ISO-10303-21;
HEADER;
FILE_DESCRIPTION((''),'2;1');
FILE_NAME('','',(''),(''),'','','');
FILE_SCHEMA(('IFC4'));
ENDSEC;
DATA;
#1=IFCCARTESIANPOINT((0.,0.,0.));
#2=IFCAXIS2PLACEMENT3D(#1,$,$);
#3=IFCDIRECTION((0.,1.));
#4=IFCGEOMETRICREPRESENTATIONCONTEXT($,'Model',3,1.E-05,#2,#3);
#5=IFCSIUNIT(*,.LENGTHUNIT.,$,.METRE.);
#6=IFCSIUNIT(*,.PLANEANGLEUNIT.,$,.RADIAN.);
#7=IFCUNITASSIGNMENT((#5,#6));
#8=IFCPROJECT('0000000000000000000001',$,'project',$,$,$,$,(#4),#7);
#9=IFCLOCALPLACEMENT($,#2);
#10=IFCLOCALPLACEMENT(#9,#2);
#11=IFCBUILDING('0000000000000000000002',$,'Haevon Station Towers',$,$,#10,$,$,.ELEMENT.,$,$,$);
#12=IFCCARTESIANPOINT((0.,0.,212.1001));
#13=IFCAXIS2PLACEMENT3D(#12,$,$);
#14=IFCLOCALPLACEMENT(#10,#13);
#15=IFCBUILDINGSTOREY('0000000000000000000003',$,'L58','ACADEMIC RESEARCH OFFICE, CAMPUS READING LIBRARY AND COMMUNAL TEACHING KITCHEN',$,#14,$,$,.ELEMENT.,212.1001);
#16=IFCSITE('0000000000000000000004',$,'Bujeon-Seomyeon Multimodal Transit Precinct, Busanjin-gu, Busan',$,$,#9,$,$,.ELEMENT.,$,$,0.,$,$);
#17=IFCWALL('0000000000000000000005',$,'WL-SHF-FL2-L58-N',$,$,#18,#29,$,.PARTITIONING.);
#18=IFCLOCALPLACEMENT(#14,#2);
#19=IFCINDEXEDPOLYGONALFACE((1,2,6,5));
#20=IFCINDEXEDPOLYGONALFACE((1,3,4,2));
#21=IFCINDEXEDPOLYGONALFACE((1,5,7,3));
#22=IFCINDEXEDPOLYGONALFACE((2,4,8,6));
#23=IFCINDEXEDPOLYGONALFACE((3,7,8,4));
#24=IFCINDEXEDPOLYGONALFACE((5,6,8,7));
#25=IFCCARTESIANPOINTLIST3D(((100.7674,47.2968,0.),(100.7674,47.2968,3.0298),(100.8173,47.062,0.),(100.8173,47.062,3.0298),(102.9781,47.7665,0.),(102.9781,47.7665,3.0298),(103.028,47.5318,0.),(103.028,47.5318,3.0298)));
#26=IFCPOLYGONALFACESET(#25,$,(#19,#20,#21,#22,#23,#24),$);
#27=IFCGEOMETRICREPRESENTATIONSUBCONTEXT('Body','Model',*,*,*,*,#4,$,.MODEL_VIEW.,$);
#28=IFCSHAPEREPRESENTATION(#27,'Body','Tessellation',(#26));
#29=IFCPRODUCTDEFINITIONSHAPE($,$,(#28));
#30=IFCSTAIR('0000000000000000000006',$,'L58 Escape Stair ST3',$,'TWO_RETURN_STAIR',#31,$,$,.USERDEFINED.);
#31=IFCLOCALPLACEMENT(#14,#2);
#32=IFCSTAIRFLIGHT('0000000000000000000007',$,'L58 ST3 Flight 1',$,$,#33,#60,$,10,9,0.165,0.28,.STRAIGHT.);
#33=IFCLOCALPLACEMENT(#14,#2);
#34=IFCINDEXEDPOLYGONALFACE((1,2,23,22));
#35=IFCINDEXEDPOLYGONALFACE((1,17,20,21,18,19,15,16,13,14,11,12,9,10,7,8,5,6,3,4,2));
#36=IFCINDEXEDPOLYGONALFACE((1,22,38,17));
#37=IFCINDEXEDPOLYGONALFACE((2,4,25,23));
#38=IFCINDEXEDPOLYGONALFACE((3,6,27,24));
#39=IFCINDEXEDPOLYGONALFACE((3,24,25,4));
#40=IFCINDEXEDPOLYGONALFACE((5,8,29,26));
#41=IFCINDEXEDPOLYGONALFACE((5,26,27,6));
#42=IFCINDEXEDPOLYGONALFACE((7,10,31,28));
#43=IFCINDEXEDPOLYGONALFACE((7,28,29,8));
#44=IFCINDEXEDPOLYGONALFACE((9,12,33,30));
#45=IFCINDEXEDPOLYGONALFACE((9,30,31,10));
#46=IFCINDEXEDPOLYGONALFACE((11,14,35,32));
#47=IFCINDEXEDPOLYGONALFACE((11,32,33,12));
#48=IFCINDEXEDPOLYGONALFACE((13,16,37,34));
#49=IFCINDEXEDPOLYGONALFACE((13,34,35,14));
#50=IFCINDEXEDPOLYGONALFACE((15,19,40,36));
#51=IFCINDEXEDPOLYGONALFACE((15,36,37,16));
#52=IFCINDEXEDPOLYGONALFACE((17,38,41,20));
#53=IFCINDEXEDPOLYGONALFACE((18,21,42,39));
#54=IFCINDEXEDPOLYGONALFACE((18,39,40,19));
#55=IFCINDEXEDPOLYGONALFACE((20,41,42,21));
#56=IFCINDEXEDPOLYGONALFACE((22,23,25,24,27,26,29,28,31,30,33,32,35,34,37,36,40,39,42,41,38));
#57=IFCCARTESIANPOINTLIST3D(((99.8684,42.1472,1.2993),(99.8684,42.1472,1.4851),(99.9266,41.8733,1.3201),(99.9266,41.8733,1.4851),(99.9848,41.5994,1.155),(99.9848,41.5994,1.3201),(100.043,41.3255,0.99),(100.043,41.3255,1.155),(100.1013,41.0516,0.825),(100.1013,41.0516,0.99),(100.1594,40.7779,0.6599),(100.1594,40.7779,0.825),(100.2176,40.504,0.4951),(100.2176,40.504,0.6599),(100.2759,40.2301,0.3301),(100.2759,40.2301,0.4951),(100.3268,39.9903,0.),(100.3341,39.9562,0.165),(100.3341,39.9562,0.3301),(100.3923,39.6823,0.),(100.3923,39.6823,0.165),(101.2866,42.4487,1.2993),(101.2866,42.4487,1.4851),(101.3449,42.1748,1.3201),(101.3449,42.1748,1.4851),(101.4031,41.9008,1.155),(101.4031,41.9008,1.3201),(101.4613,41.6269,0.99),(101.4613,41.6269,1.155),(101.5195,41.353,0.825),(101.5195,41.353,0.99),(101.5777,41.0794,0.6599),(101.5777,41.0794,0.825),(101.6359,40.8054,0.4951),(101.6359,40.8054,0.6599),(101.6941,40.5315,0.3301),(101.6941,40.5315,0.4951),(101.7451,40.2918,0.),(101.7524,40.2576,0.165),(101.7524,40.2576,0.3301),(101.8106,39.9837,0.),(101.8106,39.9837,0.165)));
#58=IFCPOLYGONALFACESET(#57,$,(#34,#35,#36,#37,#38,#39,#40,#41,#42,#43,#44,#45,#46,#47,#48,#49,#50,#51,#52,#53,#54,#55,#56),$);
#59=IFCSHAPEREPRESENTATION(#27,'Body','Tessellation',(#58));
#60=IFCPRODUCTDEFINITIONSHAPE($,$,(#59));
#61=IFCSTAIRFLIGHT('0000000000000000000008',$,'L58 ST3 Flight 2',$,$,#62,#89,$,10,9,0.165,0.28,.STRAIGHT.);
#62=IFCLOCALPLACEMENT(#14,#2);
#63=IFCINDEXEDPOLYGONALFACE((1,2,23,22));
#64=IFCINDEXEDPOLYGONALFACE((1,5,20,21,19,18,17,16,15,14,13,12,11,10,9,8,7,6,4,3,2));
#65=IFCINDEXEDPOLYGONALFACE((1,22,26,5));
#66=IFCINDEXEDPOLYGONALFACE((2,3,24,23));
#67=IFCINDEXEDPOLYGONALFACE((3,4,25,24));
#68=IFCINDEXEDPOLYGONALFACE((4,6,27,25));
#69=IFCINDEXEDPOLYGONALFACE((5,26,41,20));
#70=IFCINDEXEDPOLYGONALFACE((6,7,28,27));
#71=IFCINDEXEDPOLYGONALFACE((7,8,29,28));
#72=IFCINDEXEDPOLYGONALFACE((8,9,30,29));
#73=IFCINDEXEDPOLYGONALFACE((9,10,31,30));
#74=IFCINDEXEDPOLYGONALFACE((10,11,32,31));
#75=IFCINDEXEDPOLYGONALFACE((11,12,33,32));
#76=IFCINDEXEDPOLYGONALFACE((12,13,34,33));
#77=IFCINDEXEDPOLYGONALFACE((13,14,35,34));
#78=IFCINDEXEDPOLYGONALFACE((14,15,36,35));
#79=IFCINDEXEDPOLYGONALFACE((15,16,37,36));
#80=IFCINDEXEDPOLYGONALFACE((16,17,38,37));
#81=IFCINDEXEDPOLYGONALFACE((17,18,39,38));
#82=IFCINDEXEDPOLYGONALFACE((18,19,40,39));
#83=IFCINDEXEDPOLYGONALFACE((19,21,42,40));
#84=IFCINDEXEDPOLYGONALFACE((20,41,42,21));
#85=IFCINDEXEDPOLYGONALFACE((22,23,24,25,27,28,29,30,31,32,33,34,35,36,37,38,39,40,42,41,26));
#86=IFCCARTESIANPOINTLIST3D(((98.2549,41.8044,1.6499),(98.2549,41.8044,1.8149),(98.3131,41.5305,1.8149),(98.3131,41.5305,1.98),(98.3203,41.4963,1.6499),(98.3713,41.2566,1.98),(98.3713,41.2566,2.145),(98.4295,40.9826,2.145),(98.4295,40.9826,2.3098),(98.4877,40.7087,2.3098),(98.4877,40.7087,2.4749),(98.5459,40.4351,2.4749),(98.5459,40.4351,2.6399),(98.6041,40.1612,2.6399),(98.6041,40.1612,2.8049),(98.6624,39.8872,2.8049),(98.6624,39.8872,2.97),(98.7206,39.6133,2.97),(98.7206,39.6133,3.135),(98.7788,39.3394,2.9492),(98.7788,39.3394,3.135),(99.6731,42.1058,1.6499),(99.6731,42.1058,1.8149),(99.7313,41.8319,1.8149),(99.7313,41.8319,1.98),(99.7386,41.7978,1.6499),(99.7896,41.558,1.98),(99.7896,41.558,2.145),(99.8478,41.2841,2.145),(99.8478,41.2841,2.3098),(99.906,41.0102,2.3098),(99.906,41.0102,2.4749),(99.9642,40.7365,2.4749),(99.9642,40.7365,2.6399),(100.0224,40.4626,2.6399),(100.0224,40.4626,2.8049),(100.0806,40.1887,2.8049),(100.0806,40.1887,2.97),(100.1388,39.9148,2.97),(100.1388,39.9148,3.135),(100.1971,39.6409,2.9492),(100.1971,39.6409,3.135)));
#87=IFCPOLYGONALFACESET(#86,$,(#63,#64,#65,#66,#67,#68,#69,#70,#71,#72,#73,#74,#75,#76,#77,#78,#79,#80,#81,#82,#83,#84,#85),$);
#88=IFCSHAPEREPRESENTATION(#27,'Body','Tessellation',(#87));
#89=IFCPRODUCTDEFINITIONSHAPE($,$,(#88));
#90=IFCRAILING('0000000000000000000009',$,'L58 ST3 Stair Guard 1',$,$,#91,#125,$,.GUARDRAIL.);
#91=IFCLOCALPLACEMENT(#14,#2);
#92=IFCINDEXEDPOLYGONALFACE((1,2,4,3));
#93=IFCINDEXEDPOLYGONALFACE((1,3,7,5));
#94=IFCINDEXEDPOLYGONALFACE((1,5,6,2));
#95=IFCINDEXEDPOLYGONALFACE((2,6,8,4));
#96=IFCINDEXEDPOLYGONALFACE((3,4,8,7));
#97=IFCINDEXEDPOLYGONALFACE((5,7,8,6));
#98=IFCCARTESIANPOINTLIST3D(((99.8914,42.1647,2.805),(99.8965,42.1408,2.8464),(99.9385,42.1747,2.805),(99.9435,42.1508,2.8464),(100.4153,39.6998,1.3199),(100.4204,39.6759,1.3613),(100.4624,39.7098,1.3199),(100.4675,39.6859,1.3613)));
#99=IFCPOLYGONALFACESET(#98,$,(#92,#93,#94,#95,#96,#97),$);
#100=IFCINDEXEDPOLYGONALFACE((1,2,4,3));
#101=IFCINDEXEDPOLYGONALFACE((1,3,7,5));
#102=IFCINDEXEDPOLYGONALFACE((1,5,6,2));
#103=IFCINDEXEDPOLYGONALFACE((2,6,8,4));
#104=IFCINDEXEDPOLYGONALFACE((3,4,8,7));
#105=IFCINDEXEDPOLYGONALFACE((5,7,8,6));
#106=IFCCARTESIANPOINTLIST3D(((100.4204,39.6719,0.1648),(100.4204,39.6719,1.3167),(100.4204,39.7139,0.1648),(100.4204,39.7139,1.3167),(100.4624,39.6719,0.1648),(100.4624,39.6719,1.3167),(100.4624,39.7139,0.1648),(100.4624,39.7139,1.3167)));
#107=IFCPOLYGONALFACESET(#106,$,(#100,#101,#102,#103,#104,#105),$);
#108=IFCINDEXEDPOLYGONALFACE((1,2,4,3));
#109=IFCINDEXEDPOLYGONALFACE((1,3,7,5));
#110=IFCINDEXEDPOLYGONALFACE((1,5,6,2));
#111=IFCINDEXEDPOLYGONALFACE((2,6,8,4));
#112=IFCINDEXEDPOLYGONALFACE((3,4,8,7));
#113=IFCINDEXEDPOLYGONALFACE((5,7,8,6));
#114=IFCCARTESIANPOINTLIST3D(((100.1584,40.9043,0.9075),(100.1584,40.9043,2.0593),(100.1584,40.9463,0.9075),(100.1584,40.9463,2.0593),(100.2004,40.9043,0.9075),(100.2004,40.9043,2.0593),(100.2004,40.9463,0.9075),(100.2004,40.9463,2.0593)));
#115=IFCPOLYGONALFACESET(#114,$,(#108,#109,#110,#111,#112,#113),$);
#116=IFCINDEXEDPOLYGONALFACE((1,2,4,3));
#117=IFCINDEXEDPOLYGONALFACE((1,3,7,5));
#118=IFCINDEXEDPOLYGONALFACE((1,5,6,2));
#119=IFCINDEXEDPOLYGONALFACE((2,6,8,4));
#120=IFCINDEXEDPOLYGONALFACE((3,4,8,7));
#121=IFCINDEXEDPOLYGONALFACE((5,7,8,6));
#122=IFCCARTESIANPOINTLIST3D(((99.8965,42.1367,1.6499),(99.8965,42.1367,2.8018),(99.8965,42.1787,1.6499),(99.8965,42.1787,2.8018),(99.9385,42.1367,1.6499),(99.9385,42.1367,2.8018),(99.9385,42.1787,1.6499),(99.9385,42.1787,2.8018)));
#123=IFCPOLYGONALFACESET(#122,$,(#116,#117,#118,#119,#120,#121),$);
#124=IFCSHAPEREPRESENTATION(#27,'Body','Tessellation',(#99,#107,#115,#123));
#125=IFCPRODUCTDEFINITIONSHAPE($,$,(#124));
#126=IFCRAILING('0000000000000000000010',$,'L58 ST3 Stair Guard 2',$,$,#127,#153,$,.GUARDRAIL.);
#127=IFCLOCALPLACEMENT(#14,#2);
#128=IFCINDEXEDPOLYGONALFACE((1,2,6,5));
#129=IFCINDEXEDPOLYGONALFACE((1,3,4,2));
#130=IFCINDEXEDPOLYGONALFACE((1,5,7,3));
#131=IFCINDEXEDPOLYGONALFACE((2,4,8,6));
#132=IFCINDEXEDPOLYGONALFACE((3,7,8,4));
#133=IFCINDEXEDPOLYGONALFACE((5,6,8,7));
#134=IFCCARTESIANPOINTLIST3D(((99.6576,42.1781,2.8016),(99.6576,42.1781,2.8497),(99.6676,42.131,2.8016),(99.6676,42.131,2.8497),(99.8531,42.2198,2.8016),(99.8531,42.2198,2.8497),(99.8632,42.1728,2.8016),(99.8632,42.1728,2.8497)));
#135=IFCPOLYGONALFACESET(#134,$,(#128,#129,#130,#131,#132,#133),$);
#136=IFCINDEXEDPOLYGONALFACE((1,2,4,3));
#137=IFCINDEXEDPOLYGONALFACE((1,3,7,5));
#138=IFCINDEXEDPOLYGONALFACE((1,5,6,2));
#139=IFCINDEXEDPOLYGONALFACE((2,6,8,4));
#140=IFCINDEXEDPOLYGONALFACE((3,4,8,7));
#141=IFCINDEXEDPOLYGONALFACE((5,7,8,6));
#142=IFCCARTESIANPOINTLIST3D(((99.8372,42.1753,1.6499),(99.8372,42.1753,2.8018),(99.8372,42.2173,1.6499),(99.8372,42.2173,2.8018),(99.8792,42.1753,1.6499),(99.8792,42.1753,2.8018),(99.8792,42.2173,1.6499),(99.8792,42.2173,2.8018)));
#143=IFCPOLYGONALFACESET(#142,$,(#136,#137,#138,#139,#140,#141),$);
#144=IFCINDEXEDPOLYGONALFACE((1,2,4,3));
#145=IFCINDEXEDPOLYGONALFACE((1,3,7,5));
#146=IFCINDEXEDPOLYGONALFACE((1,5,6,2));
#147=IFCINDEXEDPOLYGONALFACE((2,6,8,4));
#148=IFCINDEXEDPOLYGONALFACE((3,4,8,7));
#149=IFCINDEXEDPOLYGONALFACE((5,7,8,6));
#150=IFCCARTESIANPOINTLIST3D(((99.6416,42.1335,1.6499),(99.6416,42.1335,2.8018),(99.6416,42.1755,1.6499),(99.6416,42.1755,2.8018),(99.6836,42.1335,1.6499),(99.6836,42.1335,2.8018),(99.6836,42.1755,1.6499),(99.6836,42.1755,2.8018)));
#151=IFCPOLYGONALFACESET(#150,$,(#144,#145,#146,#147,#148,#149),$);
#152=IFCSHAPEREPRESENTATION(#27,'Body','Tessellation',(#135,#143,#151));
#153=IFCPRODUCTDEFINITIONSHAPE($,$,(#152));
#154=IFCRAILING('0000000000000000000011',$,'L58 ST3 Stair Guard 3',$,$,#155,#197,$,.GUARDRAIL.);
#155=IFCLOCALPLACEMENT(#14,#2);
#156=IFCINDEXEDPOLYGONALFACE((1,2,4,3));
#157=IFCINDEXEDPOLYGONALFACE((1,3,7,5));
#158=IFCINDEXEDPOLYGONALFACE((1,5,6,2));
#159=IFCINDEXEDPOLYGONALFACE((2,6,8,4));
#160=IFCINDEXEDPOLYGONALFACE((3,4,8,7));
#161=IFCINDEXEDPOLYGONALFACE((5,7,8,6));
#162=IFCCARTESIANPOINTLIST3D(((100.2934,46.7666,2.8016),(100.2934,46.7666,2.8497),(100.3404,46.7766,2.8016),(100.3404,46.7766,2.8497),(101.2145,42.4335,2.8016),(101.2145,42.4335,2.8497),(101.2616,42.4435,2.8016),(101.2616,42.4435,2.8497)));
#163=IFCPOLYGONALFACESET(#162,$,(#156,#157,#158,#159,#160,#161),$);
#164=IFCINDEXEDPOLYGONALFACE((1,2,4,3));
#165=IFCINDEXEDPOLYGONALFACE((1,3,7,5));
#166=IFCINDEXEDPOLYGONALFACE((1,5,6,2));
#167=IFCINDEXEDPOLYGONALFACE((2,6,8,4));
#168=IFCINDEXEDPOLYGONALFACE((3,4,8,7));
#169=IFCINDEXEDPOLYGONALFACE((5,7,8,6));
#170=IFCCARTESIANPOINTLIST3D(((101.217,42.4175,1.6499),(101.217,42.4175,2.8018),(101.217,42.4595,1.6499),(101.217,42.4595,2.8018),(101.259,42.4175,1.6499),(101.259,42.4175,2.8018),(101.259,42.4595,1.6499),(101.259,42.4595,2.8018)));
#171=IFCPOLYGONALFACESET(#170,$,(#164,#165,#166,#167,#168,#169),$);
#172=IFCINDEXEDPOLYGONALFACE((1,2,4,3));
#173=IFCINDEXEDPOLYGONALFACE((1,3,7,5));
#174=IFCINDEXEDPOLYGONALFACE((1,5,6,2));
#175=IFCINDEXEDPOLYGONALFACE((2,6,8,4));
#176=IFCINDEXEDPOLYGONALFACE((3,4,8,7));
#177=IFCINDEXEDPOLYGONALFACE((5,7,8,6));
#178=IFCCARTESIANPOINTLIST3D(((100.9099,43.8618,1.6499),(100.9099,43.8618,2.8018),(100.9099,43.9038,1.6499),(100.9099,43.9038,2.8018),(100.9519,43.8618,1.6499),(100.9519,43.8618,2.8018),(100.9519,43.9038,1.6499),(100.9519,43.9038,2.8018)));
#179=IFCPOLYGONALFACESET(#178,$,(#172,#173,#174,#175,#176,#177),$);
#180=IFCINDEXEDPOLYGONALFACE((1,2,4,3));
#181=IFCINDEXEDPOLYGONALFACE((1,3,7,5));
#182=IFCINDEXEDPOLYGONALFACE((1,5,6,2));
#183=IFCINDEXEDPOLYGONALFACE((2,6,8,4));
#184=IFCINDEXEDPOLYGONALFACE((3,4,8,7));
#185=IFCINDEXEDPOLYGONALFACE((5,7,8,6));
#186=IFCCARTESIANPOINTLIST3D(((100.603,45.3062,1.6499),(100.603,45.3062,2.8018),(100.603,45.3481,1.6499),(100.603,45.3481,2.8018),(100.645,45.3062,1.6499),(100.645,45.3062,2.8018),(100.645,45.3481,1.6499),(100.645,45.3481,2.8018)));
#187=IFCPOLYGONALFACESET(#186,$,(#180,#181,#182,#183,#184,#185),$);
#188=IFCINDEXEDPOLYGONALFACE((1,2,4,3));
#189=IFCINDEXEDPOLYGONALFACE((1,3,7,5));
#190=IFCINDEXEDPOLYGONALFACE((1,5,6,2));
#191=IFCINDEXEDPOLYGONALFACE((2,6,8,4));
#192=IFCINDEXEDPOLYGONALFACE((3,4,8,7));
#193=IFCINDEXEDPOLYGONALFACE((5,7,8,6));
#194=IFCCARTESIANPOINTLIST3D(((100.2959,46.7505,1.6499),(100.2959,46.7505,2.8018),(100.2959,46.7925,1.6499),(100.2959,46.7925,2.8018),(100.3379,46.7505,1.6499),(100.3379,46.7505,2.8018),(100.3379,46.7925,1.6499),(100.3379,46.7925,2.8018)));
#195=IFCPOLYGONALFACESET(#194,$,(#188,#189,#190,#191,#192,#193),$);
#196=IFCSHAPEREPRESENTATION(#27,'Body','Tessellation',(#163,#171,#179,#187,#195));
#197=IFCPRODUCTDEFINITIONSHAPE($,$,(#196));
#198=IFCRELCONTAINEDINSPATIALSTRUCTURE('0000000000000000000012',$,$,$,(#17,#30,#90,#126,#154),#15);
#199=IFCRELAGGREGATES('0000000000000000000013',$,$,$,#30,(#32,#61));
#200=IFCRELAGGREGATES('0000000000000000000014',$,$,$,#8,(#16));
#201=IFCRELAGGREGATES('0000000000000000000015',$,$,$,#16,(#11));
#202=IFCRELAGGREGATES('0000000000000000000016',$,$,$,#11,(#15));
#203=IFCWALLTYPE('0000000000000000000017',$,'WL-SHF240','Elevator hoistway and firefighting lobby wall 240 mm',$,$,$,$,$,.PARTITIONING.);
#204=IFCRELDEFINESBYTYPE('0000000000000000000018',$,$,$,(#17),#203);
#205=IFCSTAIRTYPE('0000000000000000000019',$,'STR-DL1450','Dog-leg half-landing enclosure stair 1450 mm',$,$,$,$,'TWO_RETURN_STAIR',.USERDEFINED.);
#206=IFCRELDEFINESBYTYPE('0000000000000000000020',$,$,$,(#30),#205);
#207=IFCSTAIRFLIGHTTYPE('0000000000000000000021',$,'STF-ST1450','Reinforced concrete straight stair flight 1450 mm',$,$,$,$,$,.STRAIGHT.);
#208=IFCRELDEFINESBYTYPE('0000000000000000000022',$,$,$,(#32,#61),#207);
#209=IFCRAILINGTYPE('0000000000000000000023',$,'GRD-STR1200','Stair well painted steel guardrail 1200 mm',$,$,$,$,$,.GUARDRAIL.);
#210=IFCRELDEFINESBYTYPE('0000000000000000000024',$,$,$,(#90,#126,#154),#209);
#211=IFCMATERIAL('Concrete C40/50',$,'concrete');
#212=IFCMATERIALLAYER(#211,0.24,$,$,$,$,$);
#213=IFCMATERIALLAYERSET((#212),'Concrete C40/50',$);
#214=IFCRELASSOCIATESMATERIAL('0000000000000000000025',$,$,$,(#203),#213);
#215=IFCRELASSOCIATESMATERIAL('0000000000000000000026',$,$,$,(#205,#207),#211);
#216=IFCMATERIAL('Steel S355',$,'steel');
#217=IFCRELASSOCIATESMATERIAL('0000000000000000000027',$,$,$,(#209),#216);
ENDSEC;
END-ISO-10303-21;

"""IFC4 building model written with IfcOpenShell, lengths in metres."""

from ifc_helpers import new_model, si_unit, direction, frame, frame_2d, origin, origin_2d, place, context, subcontext, project, spatial, polyline, rectangle, outline, extrude, material, layer, layer_set, type_object, element, aggregate, save


model = new_model("IFC4")

# Units and contexts
model_context = context("Model", 3, precision=1e-05, world=origin(), true_north=direction((0.0, 1.0)))
body_context = subcontext(model_context, "Body", "Model", "MODEL_VIEW")
ifc_project = project(units=[si_unit("LENGTHUNIT", "METRE"), si_unit("PLANEANGLEUNIT", "RADIAN")], contexts=[model_context])

# Site, building, storey
site_placement = place(None, origin())
site = spatial("IfcSite", under=ifc_project, at=site_placement, Name="Bujeon-Seomyeon Multimodal Transit Precinct, Busanjin-gu, Busan", CompositionType="ELEMENT", RefElevation=0.0)
building_placement = place(site_placement, origin())
building = spatial("IfcBuilding", under=site, at=building_placement, Name="Haevon Station Towers", CompositionType="ELEMENT")
storey_placement = place(building_placement, frame((0.0, 0.0, 212.1001)))
storey = spatial("IfcBuildingStorey", under=building, at=storey_placement, Name="L58", Description="ACADEMIC RESEARCH OFFICE, CAMPUS READING LIBRARY AND COMMUNAL TEACHING KITCHEN", CompositionType="ELEMENT", Elevation=212.1001)

# Shared definitions
ifc_material_1 = material(Name="Steel S355", Category="steel")

# Shared definitions
ifc_material_2 = material(Name="Concrete C40/50", Category="concrete")
ifc_layer_1 = layer(ifc_material_2, 0.24)
ifc_layer_set_1 = layer_set([ifc_layer_1], Name="Concrete C40/50")
wall_type_1 = type_object("IfcWallType", Name="WL-SHF240", Description="Elevator hoistway and firefighting lobby wall 240 mm", PredefinedType="PARTITIONING", material=ifc_layer_set_1)

# Wall
wall_1_placement = place(storey_placement, frame((100.7925, 47.1794, 0.0), z_axis=(0.0, 0.0, 1.0), x_axis=(0.978163, 0.207839, 0.0)))
element("IfcWall", 1, at=wall_1_placement, inside=storey, type_object=wall_type_1, Name="WL-SHF-FL2-L58-N", PredefinedType="PARTITIONING", context=body_context, shape_type="SweptSolid", body=[
    extrude(rectangle(XDim=2.26, YDim=0.24, at=frame_2d((1.1299, 0.0))), origin(), (0.0, 0.0, 1.0), 3.0298),
])

# Stair, stair flights
stair_type = type_object("IfcStairType", Name="STR-DL1450", Description="Dog-leg half-landing enclosure stair 1450 mm", ElementType="TWO_RETURN_STAIR", PredefinedType="USERDEFINED", material=ifc_material_2)
stair_placement = place(storey_placement, origin())
stair = element("IfcStair", 2, at=stair_placement, inside=storey, type_object=stair_type, Name="L58 Escape Stair ST3", ObjectType="TWO_RETURN_STAIR", PredefinedType="USERDEFINED")
stair_flight_type = type_object("IfcStairFlightType", Name="STF-ST1450", Description="Reinforced concrete straight stair flight 1450 mm", PredefinedType="STRAIGHT", material=ifc_material_2)
stair_flight_1_placement = place(storey_placement, frame((101.1016, 39.833, 0.0), z_axis=(0.0, 0.0, 1.0), x_axis=(-0.207912, 0.978148, 0.0)))
stair_flight_1 = element("IfcStairFlight", 3, at=stair_flight_1_placement, type_object=stair_flight_type, Name="L58 ST3 Flight 1", NumberOfRisers=10, NumberOfTreads=9, PredefinedType="STRAIGHT", RiserHeight=0.165, TreadLength=0.28, context=body_context, shape_type="SweptSolid", body=[
    extrude(outline(polyline([(0.0, 0.0), (0.0, 0.165), (0.28, 0.165), (0.28, 0.3301), (0.5601, 0.3301), (0.5601, 0.4951), (0.8401, 0.4951), (0.8401, 0.6599), (1.1201, 0.6599), (1.1201, 0.825), (1.3999, 0.825), (1.3999, 0.99), (1.6799, 0.99), (1.6799, 1.155), (1.96, 1.155), (1.96, 1.3201), (2.24, 1.3201), (2.24, 1.4851), (2.52, 1.4851), (2.52, 1.6499), (2.52, 1.2993), (0.3149, 0.0), (0.0, 0.0)])), frame((0.0, 0.7251, 0.0), z_axis=(0.0, -1.0, 0.0), x_axis=(1.0, 0.0, 0.0)), (0.0, 0.0, 1.0), 1.45),
])
stair_flight_2_placement = place(storey_placement, frame((98.9639, 41.9551, 1.6499), z_axis=(0.0, 0.0, 1.0), x_axis=(0.207912, -0.978148, 0.0)))
stair_flight_2 = element("IfcStairFlight", 4, at=stair_flight_2_placement, type_object=stair_flight_type, Name="L58 ST3 Flight 2", NumberOfRisers=10, NumberOfTreads=9, PredefinedType="STRAIGHT", RiserHeight=0.165, TreadLength=0.28, context=body_context, shape_type="SweptSolid", body=[
    extrude(outline(polyline([(0.0, 0.0), (0.0, 0.165), (0.28, 0.165), (0.28, 0.3301), (0.5601, 0.3301), (0.5601, 0.4951), (0.8401, 0.4951), (0.8401, 0.6599), (1.1201, 0.6599), (1.1201, 0.825), (1.3999, 0.825), (1.3999, 0.99), (1.6799, 0.99), (1.6799, 1.155), (1.96, 1.155), (1.96, 1.3201), (2.24, 1.3201), (2.24, 1.4851), (2.52, 1.4851), (2.52, 1.6499), (2.52, 1.2993), (0.3149, 0.0), (0.0, 0.0)])), frame((0.0, 0.7251, 0.0), z_axis=(0.0, -1.0, 0.0), x_axis=(1.0, 0.0, 0.0)), (0.0, 0.0, 1.0), 1.45),
])
aggregate(stair, [stair_flight_1, stair_flight_2])

# Railings
railing_type_1 = type_object("IfcRailingType", Name="GRD-STR1200", Description="Stair well painted steel guardrail 1200 mm", PredefinedType="GUARDRAIL", material=ifc_material_1)
railing_1_placement = place(storey_placement, frame((100.4414, 39.6929, 0.1648)))
element("IfcRailing", 5, at=railing_1_placement, inside=storey, type_object=railing_type_1, Name="L58 ST3 Stair Guard 1", PredefinedType="GUARDRAIL", context=body_context, shape_type="SweptSolid", body=[
    extrude(rectangle(XDim=0.0481, YDim=0.0481, at=origin_2d()), frame((0.0, 0.0, 1.1758), z_axis=(-0.179121, 0.842688, 0.507733), x_axis=(-0.978147, -0.207914, 0.0)), (0.0, 0.0, 1.0), 2.925),
    extrude(rectangle(XDim=0.042, YDim=0.042, at=origin_2d()), origin(), (0.0, 0.0, 1.0), 1.1519),
    extrude(rectangle(XDim=0.042, YDim=0.042, at=origin_2d()), frame((-0.262, 1.2324, 0.7427)), (0.0, 0.0, 1.0), 1.1519),
    extrude(rectangle(XDim=0.042, YDim=0.042, at=origin_2d()), frame((-0.5239, 2.4648, 1.4851)), (0.0, 0.0, 1.0), 1.1519),
])
railing_2_placement = place(storey_placement, frame((99.8582, 42.1963, 1.6499)))
element("IfcRailing", 6, at=railing_2_placement, inside=storey, type_object=railing_type_1, Name="L58 ST3 Stair Guard 2", PredefinedType="GUARDRAIL", context=body_context, shape_type="SweptSolid", body=[
    extrude(rectangle(XDim=0.0481, YDim=0.0481, at=origin_2d()), frame((0.0, 0.0, 1.1758), z_axis=(-0.977963, -0.208779, 0.0), x_axis=(0.208779, -0.977963, 0.0)), (0.0, 0.0, 1.0), 0.2),
    extrude(rectangle(XDim=0.042, YDim=0.042, at=origin_2d()), origin(), (0.0, 0.0, 1.0), 1.1519),
    extrude(rectangle(XDim=0.042, YDim=0.042, at=origin_2d()), frame((-0.1956, -0.0417, 0.0)), (0.0, 0.0, 1.0), 1.1519),
])
railing_3_placement = place(storey_placement, frame((101.238, 42.4385, 1.6499)))
element("IfcRailing", 7, at=railing_3_placement, inside=storey, type_object=railing_type_1, Name="L58 ST3 Stair Guard 3", PredefinedType="GUARDRAIL", context=body_context, shape_type="SweptSolid", body=[
    extrude(rectangle(XDim=0.0481, YDim=0.0481, at=origin_2d()), frame((0.0, 0.0, 1.1758), z_axis=(-0.20794, 0.978141, 0.0), x_axis=(-0.978141, -0.20794, 0.0)), (0.0, 0.0, 1.0), 4.4299),
    extrude(rectangle(XDim=0.042, YDim=0.042, at=origin_2d()), origin(), (0.0, 0.0, 1.0), 1.1519),
    extrude(rectangle(XDim=0.042, YDim=0.042, at=origin_2d()), frame((-0.3071, 1.4443, 0.0)), (0.0, 0.0, 1.0), 1.1519),
    extrude(rectangle(XDim=0.042, YDim=0.042, at=origin_2d()), frame((-0.614, 2.8887, 0.0)), (0.0, 0.0, 1.0), 1.1519),
    extrude(rectangle(XDim=0.042, YDim=0.042, at=origin_2d()), frame((-0.9211, 4.333, 0.0)), (0.0, 0.0, 1.0), 1.1519),
])

save(model, "model.ifc")
